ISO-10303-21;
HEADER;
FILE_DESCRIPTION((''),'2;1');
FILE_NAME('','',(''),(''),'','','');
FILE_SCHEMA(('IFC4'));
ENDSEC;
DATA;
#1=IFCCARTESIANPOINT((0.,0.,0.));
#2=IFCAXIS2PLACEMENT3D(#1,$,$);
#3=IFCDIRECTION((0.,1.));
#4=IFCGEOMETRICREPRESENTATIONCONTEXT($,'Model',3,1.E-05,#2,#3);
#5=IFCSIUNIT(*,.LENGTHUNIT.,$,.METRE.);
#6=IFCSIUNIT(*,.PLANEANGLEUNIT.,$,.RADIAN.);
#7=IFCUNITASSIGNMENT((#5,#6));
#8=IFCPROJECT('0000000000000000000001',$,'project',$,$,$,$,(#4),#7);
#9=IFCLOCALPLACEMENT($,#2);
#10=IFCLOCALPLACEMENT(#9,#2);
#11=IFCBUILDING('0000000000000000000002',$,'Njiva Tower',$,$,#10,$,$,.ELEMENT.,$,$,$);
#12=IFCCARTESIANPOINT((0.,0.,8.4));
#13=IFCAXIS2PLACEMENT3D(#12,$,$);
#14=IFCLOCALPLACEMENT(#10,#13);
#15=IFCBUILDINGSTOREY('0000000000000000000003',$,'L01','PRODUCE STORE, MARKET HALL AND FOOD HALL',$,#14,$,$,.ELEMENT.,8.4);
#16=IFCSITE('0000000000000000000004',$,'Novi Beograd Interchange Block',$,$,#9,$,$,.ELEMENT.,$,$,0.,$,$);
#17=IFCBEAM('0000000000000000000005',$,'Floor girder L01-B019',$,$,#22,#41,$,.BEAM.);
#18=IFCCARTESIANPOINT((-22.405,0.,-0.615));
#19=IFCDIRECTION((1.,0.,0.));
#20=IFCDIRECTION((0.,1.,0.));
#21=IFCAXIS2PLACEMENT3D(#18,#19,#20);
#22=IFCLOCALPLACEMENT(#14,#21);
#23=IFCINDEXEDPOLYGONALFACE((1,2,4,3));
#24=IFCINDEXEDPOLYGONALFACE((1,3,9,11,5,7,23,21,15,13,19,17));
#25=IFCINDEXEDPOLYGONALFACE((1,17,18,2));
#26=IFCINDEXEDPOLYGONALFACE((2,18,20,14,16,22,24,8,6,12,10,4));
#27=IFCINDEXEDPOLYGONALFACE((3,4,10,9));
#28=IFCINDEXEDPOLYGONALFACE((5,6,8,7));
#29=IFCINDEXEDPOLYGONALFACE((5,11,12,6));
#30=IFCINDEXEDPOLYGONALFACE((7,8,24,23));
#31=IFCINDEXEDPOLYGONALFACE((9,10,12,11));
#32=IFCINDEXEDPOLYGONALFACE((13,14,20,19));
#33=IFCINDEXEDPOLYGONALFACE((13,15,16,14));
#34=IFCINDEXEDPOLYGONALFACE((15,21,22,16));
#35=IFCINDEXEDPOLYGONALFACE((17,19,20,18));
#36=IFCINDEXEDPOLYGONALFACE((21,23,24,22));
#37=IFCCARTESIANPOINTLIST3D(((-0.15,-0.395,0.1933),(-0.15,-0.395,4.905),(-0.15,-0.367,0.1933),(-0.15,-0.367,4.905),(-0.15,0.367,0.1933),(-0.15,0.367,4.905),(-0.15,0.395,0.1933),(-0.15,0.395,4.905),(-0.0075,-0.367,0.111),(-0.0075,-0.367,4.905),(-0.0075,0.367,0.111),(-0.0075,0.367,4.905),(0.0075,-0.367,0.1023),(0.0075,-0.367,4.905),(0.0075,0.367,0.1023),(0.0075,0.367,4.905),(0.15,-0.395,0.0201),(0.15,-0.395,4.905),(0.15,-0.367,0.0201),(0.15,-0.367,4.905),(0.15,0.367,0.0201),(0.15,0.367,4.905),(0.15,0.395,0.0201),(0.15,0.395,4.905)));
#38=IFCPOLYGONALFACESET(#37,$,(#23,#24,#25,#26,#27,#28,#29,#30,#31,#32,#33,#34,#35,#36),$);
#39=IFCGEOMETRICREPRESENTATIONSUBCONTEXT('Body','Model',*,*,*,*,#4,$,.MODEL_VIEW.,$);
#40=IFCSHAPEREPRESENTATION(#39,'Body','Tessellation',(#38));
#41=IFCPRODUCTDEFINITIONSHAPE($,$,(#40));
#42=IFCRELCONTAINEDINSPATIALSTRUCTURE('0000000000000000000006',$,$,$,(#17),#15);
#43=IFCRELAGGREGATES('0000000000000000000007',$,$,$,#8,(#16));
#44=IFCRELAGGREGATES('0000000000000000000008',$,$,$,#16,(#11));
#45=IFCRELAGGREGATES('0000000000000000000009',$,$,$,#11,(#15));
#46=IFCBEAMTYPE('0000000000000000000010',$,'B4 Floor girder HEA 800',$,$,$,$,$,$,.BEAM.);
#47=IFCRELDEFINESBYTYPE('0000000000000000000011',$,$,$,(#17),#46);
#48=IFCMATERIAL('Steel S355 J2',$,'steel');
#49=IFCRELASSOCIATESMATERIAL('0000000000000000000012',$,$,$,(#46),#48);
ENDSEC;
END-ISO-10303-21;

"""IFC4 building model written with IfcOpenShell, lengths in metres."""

from ifc_helpers import new_model, si_unit, direction, frame, origin, origin_2d, place, context, subcontext, project, spatial, i_section, extrude, clip, halfspace, material, material_profile, profile_set, type_object, element, save


model = new_model("IFC4")

# Units and contexts
model_context = context("Model", 3, precision=1e-05, world=origin(), true_north=direction((0.0, 1.0)))
body_context = subcontext(model_context, "Body", "Model", "MODEL_VIEW")
ifc_project = project(units=[si_unit("LENGTHUNIT", "METRE"), si_unit("PLANEANGLEUNIT", "RADIAN")], contexts=[model_context])

# Site, building, storey
site_placement = place(None, origin())
site = spatial("IfcSite", under=ifc_project, at=site_placement, Name="Novi Beograd Interchange Block", CompositionType="ELEMENT", RefElevation=0.0)
building_placement = place(site_placement, origin())
building = spatial("IfcBuilding", under=site, at=building_placement, Name="Njiva Tower", CompositionType="ELEMENT")
storey_placement = place(building_placement, frame((0.0, 0.0, 8.4)))
storey = spatial("IfcBuildingStorey", under=building, at=storey_placement, Name="L01", Description="PRODUCE STORE, MARKET HALL AND FOOD HALL", CompositionType="ELEMENT", Elevation=8.4)

# Shared definitions
ifc_material_1 = material(Name="Steel S355 J2", Category="steel")

# Beam
ifc_material_profile_1 = material_profile(ifc_material_1, i_section(OverallWidth=0.3, OverallDepth=0.79, WebThickness=0.015, FlangeThickness=0.028, at=origin_2d()), Name="HEA 800")
ifc_profile_set_1 = profile_set([ifc_material_profile_1], Name="Steel S355 J2")
beam_type_1 = type_object("IfcBeamType", Name="B4 Floor girder HEA 800", PredefinedType="BEAM", material=ifc_profile_set_1)
beam_1_placement = place(storey_placement, frame((-22.405, 0.0, -0.615), z_axis=(1.0, 0.0, 0.0), x_axis=(0.0, 1.0, 0.0)))
element("IfcBeam", 1, at=beam_1_placement, inside=storey, type_object=beam_type_1, Name="Floor girder L01-B019", PredefinedType="BEAM", context=body_context, shape_type="Clipping", body=[
    clip(extrude(i_section(OverallWidth=0.3, OverallDepth=0.79, WebThickness=0.015, FlangeThickness=0.028, at=origin_2d()), origin(), (0.0, 0.0, 1.0), 4.905), halfspace(frame((-0.025, 0.0, 0.1211), z_axis=(-0.499998, 0.0, -0.866027), x_axis=(0.0, -1.0, 0.0)), False)),
])

save(model, "model.ifc")
